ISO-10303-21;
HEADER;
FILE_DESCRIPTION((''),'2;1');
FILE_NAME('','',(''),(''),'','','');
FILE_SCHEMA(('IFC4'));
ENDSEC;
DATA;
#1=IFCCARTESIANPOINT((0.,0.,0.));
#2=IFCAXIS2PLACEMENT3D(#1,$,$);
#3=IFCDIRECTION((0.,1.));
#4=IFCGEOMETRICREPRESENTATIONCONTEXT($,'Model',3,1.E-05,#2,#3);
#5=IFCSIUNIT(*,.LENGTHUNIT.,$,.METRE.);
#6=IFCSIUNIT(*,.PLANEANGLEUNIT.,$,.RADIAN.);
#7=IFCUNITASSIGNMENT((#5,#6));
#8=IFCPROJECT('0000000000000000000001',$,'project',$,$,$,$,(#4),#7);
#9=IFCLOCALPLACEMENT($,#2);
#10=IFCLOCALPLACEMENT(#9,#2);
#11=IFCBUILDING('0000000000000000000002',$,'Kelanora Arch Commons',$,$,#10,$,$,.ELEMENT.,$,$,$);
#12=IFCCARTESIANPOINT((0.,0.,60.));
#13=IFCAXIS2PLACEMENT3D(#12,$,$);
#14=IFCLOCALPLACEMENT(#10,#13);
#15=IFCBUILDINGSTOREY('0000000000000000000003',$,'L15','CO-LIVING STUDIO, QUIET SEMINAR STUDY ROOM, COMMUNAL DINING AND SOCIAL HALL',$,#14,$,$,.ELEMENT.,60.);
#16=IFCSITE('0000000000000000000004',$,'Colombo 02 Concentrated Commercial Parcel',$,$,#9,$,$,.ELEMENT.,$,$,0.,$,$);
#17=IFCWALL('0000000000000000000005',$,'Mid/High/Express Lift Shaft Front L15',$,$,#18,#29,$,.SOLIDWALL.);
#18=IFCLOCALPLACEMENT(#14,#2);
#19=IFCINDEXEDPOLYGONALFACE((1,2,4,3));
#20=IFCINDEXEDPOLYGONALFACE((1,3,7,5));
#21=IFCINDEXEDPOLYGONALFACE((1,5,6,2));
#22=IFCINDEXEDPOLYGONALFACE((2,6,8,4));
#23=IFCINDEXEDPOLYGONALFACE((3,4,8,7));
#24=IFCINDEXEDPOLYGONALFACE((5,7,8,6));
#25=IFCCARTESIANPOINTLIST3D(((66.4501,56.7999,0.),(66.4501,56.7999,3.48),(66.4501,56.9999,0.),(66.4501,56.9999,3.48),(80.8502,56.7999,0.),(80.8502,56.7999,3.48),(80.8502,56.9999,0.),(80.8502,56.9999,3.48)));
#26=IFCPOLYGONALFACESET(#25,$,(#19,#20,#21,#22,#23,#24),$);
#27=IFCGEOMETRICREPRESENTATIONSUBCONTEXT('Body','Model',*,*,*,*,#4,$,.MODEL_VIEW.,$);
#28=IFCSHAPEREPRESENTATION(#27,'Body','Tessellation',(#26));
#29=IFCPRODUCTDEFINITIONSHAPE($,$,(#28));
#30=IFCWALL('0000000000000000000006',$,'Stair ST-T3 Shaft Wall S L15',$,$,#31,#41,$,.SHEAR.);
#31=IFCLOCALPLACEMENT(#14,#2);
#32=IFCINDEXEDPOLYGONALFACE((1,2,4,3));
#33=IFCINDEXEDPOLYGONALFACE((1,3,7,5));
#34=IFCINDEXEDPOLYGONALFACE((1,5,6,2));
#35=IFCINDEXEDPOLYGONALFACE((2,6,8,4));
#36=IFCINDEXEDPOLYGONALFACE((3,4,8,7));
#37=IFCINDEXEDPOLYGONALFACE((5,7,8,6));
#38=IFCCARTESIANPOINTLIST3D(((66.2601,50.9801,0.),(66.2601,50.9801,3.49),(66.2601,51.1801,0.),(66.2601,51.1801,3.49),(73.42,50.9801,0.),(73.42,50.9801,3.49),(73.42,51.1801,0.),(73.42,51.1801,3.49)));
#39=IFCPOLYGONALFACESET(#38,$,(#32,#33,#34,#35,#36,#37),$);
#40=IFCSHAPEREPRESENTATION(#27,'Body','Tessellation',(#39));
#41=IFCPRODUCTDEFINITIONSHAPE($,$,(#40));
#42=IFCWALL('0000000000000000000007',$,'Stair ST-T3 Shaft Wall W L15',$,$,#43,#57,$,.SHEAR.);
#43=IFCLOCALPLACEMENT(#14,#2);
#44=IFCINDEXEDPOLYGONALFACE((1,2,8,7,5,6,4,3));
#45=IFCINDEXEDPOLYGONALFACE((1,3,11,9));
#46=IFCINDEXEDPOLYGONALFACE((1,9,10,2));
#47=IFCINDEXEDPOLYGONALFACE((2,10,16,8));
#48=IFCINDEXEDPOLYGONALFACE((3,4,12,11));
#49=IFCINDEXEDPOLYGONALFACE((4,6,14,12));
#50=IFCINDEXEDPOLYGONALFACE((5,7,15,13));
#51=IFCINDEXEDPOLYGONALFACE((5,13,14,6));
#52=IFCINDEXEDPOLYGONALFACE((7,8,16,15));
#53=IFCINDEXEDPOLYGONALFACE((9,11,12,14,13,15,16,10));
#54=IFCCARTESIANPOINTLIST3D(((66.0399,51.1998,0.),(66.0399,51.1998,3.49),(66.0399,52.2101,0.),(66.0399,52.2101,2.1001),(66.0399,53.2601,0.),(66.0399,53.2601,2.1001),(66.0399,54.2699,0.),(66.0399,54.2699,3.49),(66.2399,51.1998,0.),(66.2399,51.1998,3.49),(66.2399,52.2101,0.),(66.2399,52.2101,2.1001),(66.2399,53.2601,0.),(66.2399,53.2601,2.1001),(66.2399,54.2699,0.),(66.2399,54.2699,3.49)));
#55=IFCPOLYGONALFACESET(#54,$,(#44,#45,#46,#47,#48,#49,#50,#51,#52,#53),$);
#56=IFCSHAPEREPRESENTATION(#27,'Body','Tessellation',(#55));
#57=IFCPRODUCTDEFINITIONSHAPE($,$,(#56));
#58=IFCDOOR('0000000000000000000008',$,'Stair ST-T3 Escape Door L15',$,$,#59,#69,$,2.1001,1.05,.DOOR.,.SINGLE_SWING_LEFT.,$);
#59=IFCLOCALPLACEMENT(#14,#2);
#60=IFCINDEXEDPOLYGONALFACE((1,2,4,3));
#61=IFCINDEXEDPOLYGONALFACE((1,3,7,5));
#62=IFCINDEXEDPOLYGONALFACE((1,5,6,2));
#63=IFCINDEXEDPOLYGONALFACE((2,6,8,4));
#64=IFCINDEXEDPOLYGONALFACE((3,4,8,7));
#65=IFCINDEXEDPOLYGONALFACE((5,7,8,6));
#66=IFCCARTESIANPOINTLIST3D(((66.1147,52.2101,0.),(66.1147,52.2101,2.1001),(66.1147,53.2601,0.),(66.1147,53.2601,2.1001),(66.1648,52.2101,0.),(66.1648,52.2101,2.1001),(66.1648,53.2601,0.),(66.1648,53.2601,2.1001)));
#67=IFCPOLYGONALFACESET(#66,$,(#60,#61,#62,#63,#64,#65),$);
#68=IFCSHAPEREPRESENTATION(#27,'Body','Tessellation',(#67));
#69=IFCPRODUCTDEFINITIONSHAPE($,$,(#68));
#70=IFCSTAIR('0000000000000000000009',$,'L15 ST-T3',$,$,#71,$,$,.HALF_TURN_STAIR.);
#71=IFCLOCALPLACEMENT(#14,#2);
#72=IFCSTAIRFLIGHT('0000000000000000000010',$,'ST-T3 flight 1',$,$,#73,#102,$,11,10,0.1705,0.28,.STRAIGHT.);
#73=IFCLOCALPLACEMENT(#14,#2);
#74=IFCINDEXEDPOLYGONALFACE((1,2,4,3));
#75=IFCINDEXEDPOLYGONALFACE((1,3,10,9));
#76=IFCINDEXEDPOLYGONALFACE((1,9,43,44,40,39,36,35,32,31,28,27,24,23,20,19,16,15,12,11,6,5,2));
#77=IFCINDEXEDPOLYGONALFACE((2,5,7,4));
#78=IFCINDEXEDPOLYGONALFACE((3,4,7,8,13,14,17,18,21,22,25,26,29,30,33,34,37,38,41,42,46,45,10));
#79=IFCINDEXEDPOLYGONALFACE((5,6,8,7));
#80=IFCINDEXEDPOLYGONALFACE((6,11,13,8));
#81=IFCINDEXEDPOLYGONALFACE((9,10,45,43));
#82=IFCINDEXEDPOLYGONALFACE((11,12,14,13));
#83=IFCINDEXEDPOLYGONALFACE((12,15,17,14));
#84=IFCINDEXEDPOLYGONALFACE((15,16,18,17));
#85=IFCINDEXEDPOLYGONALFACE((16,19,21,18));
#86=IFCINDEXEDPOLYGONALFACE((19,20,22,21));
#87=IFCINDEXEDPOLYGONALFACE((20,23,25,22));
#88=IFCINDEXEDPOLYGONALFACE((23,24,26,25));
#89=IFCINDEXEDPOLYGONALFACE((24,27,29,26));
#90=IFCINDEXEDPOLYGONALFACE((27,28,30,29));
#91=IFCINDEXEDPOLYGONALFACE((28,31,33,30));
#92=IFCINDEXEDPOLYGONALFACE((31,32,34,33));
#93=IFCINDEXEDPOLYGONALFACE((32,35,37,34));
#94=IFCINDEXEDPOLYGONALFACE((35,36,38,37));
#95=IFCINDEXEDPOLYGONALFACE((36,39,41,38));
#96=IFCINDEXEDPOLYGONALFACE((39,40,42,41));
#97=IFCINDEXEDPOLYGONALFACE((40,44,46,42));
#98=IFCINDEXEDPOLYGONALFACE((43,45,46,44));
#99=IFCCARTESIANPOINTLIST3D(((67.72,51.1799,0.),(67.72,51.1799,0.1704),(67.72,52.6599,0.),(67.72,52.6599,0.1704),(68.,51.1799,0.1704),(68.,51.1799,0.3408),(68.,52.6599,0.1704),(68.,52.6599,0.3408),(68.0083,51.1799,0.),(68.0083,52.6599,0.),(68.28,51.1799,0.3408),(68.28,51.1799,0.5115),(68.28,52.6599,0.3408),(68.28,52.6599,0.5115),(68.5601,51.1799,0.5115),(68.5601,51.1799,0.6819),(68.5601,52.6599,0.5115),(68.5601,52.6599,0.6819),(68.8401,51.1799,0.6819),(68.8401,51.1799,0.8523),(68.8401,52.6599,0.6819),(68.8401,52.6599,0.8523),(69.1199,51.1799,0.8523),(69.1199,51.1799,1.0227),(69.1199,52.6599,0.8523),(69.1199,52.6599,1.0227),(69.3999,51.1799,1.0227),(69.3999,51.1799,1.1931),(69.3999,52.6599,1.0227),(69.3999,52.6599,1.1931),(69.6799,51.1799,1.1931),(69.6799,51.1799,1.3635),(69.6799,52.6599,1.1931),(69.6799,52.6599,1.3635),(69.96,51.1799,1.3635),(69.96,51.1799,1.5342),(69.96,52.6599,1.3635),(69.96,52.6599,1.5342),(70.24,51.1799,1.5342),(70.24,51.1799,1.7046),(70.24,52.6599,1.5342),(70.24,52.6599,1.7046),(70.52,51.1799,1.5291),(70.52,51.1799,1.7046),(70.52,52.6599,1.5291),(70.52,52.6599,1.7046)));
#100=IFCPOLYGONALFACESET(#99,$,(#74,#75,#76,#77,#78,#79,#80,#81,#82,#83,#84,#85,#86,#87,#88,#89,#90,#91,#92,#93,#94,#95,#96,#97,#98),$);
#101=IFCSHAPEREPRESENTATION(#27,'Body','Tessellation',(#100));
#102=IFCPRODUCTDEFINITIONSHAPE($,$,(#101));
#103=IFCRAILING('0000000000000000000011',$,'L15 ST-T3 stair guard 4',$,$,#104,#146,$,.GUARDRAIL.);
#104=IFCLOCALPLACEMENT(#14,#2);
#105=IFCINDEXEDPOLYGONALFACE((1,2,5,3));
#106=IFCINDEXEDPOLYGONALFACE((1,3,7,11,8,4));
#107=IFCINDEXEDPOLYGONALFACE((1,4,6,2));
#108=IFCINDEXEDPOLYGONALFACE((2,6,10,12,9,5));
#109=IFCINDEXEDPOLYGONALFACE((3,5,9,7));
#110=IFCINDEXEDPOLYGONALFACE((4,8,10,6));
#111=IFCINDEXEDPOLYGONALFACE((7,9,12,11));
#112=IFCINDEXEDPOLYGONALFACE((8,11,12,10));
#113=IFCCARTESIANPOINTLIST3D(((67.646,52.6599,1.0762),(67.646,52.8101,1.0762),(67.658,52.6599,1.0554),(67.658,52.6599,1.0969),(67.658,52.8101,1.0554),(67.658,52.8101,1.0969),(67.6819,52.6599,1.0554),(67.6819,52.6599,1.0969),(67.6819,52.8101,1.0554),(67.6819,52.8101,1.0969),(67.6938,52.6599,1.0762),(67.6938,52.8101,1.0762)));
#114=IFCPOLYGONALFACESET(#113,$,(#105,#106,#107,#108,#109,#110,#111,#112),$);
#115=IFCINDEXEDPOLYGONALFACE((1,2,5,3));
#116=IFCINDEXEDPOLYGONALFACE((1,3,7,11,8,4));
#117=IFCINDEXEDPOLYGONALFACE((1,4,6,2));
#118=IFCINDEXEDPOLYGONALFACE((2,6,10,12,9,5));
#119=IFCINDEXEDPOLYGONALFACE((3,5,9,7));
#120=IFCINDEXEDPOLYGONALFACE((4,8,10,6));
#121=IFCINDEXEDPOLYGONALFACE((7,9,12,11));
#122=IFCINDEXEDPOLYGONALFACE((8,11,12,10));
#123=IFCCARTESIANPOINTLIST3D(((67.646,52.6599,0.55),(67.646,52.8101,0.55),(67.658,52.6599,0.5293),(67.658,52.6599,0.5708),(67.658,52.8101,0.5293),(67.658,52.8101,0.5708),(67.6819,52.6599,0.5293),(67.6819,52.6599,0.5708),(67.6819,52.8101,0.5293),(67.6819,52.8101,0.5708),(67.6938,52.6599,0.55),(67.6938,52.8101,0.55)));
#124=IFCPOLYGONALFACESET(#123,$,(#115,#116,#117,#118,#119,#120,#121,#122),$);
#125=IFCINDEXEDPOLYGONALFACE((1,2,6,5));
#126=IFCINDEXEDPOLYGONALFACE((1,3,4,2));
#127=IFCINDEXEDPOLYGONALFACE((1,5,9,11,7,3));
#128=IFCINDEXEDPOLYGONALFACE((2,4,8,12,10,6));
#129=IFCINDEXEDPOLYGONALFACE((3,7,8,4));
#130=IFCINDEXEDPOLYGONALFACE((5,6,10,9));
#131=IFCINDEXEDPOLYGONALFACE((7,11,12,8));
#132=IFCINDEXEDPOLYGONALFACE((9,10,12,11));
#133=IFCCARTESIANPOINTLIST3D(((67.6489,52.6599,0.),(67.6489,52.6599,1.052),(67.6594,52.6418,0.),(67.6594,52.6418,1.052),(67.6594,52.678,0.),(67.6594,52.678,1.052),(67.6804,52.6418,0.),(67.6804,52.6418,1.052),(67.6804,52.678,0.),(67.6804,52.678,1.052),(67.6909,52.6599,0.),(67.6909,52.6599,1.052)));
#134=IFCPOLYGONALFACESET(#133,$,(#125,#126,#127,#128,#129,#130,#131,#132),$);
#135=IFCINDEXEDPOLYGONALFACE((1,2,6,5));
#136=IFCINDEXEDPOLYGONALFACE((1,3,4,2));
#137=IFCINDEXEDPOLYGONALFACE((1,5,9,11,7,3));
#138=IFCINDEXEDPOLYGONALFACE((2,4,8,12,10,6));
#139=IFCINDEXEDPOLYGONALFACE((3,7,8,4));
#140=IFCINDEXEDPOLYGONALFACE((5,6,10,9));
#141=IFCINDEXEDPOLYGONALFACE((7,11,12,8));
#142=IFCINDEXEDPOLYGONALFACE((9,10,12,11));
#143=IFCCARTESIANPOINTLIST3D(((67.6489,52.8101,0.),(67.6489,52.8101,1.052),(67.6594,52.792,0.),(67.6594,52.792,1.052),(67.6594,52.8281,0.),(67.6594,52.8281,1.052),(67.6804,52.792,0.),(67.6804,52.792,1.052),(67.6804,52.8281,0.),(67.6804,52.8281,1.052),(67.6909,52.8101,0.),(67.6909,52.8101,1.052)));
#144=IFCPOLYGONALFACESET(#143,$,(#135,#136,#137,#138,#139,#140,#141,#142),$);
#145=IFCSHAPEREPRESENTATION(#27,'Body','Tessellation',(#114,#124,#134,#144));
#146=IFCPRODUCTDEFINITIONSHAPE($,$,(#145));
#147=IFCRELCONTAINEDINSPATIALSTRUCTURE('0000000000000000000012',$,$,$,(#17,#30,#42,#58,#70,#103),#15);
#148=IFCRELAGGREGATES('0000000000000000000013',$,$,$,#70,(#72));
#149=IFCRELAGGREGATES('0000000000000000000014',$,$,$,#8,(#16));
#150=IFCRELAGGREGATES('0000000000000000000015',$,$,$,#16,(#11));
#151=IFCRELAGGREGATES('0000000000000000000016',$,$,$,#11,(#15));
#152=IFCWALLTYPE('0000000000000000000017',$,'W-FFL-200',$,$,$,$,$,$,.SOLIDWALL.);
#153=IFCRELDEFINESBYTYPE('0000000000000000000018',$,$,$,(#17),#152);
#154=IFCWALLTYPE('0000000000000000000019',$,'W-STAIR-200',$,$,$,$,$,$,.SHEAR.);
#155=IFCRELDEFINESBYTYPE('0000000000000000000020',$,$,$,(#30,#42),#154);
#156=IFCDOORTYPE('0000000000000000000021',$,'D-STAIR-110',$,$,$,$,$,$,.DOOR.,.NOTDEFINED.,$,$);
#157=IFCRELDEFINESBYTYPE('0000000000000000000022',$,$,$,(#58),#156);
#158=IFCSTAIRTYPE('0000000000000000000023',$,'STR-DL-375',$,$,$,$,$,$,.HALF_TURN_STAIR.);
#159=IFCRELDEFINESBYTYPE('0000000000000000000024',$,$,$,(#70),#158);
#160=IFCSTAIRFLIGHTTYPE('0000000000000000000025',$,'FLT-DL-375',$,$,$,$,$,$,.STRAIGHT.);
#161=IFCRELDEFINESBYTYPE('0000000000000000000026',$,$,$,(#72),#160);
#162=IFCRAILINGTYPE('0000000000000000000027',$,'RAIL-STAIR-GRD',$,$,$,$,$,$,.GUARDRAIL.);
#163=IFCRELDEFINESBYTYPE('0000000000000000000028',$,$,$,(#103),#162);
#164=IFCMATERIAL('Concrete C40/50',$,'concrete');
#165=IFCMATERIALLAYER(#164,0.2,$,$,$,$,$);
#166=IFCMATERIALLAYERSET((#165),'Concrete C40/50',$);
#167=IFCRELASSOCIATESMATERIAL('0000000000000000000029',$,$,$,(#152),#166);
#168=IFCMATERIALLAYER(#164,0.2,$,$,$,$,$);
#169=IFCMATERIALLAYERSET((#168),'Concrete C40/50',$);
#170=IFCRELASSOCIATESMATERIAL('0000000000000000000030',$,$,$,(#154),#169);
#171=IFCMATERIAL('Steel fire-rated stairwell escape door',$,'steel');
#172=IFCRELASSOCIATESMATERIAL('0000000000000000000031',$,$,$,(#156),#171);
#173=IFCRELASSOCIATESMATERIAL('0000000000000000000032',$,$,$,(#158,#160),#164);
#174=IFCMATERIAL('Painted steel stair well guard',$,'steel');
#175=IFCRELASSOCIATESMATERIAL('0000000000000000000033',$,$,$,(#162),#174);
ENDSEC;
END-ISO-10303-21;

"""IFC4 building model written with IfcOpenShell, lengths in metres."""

from ifc_helpers import new_model, si_unit, direction, frame, frame_2d, origin, place, context, subcontext, project, spatial, polyline, rectangle, outline, extrude, material, layer, layer_set, type_object, element, fill, aggregate, save


model = new_model("IFC4")

# Units and contexts
model_context = context("Model", 3, precision=1e-05, world=origin(), true_north=direction((0.0, 1.0)))
body_context = subcontext(model_context, "Body", "Model", "MODEL_VIEW")
ifc_project = project(units=[si_unit("LENGTHUNIT", "METRE"), si_unit("PLANEANGLEUNIT", "RADIAN")], contexts=[model_context])

# Site, building, storey
site_placement = place(None, origin())
site = spatial("IfcSite", under=ifc_project, at=site_placement, Name="Colombo 02 Concentrated Commercial Parcel", CompositionType="ELEMENT", RefElevation=0.0)
building_placement = place(site_placement, origin())
building = spatial("IfcBuilding", under=site, at=building_placement, Name="Kelanora Arch Commons", CompositionType="ELEMENT")
storey_placement = place(building_placement, frame((0.0, 0.0, 60.0)))
storey = spatial("IfcBuildingStorey", under=building, at=storey_placement, Name="L15", Description="CO-LIVING STUDIO, QUIET SEMINAR STUDY ROOM, COMMUNAL DINING AND SOCIAL HALL", CompositionType="ELEMENT", Elevation=60.0)

# Shared definitions
ifc_material_1 = material(Name="Concrete C40/50", Category="concrete")
ifc_layer_1 = layer(ifc_material_1, 0.2)
ifc_layer_set_1 = layer_set([ifc_layer_1], Name="Concrete C40/50")
wall_type_1 = type_object("IfcWallType", Name="W-FFL-200", PredefinedType="SOLIDWALL", material=ifc_layer_set_1)

# Walls
wall_1_placement = place(storey_placement, frame((66.45, 56.8999, 0.0), z_axis=(0.0, 0.0, 1.0), x_axis=(1.0, 0.0, 0.0)))
element("IfcWall", 1, at=wall_1_placement, inside=storey, type_object=wall_type_1, Name="Mid/High/Express Lift Shaft Front L15", PredefinedType="SOLIDWALL", context=body_context, shape_type="SweptSolid", body=[
    extrude(rectangle(XDim=14.4001, YDim=0.2, at=frame_2d((7.2002, 0.0))), origin(), (0.0, 0.0, 1.0), 3.48),
])
ifc_layer_2 = layer(ifc_material_1, 0.2)
ifc_layer_set_2 = layer_set([ifc_layer_2], Name="Concrete C40/50")
wall_type_2 = type_object("IfcWallType", Name="W-STAIR-200", PredefinedType="SHEAR", material=ifc_layer_set_2)
wall_2_placement = place(storey_placement, frame((66.26, 51.0801, 0.0), z_axis=(0.0, 0.0, 1.0), x_axis=(1.0, 0.0, 0.0)))
element("IfcWall", 2, at=wall_2_placement, inside=storey, type_object=wall_type_2, Name="Stair ST-T3 Shaft Wall S L15", PredefinedType="SHEAR", context=body_context, shape_type="SweptSolid", body=[
    extrude(rectangle(XDim=7.1599, YDim=0.2, at=frame_2d((3.5801, 0.0))), origin(), (0.0, 0.0, 1.0), 3.49),
])

# Wall, opening, door
wall_3_placement = place(storey_placement, frame((66.1399, 54.27, 0.0), z_axis=(0.0, 0.0, 1.0), x_axis=(0.0, -1.0, 0.0)))
wall_3 = element("IfcWall", 3, at=wall_3_placement, inside=storey, type_object=wall_type_2, Name="Stair ST-T3 Shaft Wall W L15", PredefinedType="SHEAR", context=body_context, shape_type="SweptSolid", body=[
    extrude(rectangle(XDim=3.0701, YDim=0.2, at=frame_2d((1.5352, 0.0))), origin(), (0.0, 0.0, 1.0), 3.49),
])
opening_1_placement = place(wall_3_placement, frame((1.01, 0.0, 0.0)))
opening_1 = element("IfcOpeningElement", 4, at=opening_1_placement, cuts=wall_3, PredefinedType="OPENING", context=body_context, shape_type="SweptSolid", body=[
    extrude(rectangle(XDim=1.05, YDim=2.1001, at=frame_2d((0.5249, 1.05))), frame((0.0, 0.1099, 0.0), z_axis=(0.0, -1.0, 0.0), x_axis=(1.0, 0.0, 0.0)), (0.0, 0.0, 1.0), 0.22),
])
ifc_material_2 = material(Name="Steel fire-rated stairwell escape door", Category="steel")
door_type_1 = type_object("IfcDoorType", Name="D-STAIR-110", OperationType="NOTDEFINED", PredefinedType="DOOR", material=ifc_material_2)
door_1_placement = place(opening_1_placement, origin())
door_1 = element("IfcDoor", 5, at=door_1_placement, inside=storey, type_object=door_type_1, Name="Stair ST-T3 Escape Door L15", OperationType="SINGLE_SWING_LEFT", OverallHeight=2.1001, OverallWidth=1.05, PredefinedType="DOOR", context=body_context, shape_type="SweptSolid", body=[
    extrude(rectangle(XDim=1.05, YDim=2.1001, at=frame_2d((0.5249, 1.05))), frame((0.0, 0.0249, 0.0), z_axis=(0.0, -1.0, 0.0), x_axis=(1.0, 0.0, 0.0)), (0.0, 0.0, 1.0), 0.05),
])
fill(opening_1, door_1)

# Stair, stair flight
stair_type = type_object("IfcStairType", Name="STR-DL-375", PredefinedType="HALF_TURN_STAIR", material=ifc_material_1)
stair_placement = place(storey_placement, origin())
stair = element("IfcStair", 6, at=stair_placement, inside=storey, type_object=stair_type, Name="L15 ST-T3", PredefinedType="HALF_TURN_STAIR")
stair_flight_type = type_object("IfcStairFlightType", Name="FLT-DL-375", PredefinedType="STRAIGHT", material=ifc_material_1)
stair_flight_placement = place(storey_placement, frame((67.72, 51.9199, 0.0), z_axis=(0.0, 0.0, 1.0), x_axis=(1.0, 0.0, 0.0)))
stair_flight = element("IfcStairFlight", 7, at=stair_flight_placement, type_object=stair_flight_type, Name="ST-T3 flight 1", NumberOfRisers=11, NumberOfTreads=10, PredefinedType="STRAIGHT", RiserHeight=0.1705, TreadLength=0.28, context=body_context, shape_type="SweptSolid", body=[
    extrude(outline(polyline([(0.0, 0.0), (0.0, 0.1704), (0.28, 0.1704), (0.28, 0.3408), (0.5601, 0.3408), (0.5601, 0.5115), (0.8401, 0.5115), (0.8401, 0.6819), (1.1201, 0.6819), (1.1201, 0.8523), (1.3999, 0.8523), (1.3999, 1.0227), (1.6799, 1.0227), (1.6799, 1.1931), (1.96, 1.1931), (1.96, 1.3635), (2.24, 1.3635), (2.24, 1.5342), (2.52, 1.5342), (2.52, 1.7046), (2.8, 1.7046), (2.8, 1.875), (2.8, 1.5291), (0.2883, 0.0), (0.0, 0.0)])), frame((0.0, 0.74, 0.0), z_axis=(0.0, -1.0, 0.0), x_axis=(1.0, 0.0, 0.0)), (0.0, 0.0, 1.0), 1.48),
])
aggregate(stair, [stair_flight])

# Railing
ifc_material_3 = material(Name="Painted steel stair well guard", Category="steel")
railing_type_1 = type_object("IfcRailingType", Name="RAIL-STAIR-GRD", PredefinedType="GUARDRAIL", material=ifc_material_3)
railing_1_placement = place(storey_placement, frame((67.6699, 52.6599, 0.0)))
element("IfcRailing", 8, at=railing_1_placement, inside=storey, type_object=railing_type_1, Name="L15 ST-T3 stair guard 4", PredefinedType="GUARDRAIL", context=body_context, shape_type="SweptSolid", body=[
    extrude(outline(polyline([(0.0239, 0.0), (0.012, 0.0208), (-0.012, 0.0208), (-0.0239, 0.0), (-0.012, -0.0208), (0.012, -0.0208), (0.0239, 0.0)])), frame((0.0, 0.0, 1.0762), z_axis=(0.0, 1.0, 0.0), x_axis=(-1.0, 0.0, 0.0)), (0.0, 0.0, 1.0), 0.1501),
    extrude(outline(polyline([(0.0239, 0.0), (0.012, 0.0208), (-0.012, 0.0208), (-0.0239, 0.0), (-0.012, -0.0208), (0.012, -0.0208), (0.0239, 0.0)])), frame((0.0, 0.0, 0.55), z_axis=(0.0, 1.0, 0.0), x_axis=(-1.0, 0.0, 0.0)), (0.0, 0.0, 1.0), 0.1501),
    extrude(outline(polyline([(0.021, 0.0), (0.0105, 0.0181), (-0.0105, 0.0181), (-0.021, 0.0), (-0.0105, -0.0181), (0.0105, -0.0181), (0.021, 0.0)])), origin(), (0.0, 0.0, 1.0), 1.052),
    extrude(outline(polyline([(0.021, 0.0), (0.0105, 0.0181), (-0.0105, 0.0181), (-0.021, 0.0), (-0.0105, -0.0181), (0.0105, -0.0181), (0.021, 0.0)])), frame((0.0, 0.1501, 0.0)), (0.0, 0.0, 1.0), 1.052),
])

save(model, "model.ifc")
